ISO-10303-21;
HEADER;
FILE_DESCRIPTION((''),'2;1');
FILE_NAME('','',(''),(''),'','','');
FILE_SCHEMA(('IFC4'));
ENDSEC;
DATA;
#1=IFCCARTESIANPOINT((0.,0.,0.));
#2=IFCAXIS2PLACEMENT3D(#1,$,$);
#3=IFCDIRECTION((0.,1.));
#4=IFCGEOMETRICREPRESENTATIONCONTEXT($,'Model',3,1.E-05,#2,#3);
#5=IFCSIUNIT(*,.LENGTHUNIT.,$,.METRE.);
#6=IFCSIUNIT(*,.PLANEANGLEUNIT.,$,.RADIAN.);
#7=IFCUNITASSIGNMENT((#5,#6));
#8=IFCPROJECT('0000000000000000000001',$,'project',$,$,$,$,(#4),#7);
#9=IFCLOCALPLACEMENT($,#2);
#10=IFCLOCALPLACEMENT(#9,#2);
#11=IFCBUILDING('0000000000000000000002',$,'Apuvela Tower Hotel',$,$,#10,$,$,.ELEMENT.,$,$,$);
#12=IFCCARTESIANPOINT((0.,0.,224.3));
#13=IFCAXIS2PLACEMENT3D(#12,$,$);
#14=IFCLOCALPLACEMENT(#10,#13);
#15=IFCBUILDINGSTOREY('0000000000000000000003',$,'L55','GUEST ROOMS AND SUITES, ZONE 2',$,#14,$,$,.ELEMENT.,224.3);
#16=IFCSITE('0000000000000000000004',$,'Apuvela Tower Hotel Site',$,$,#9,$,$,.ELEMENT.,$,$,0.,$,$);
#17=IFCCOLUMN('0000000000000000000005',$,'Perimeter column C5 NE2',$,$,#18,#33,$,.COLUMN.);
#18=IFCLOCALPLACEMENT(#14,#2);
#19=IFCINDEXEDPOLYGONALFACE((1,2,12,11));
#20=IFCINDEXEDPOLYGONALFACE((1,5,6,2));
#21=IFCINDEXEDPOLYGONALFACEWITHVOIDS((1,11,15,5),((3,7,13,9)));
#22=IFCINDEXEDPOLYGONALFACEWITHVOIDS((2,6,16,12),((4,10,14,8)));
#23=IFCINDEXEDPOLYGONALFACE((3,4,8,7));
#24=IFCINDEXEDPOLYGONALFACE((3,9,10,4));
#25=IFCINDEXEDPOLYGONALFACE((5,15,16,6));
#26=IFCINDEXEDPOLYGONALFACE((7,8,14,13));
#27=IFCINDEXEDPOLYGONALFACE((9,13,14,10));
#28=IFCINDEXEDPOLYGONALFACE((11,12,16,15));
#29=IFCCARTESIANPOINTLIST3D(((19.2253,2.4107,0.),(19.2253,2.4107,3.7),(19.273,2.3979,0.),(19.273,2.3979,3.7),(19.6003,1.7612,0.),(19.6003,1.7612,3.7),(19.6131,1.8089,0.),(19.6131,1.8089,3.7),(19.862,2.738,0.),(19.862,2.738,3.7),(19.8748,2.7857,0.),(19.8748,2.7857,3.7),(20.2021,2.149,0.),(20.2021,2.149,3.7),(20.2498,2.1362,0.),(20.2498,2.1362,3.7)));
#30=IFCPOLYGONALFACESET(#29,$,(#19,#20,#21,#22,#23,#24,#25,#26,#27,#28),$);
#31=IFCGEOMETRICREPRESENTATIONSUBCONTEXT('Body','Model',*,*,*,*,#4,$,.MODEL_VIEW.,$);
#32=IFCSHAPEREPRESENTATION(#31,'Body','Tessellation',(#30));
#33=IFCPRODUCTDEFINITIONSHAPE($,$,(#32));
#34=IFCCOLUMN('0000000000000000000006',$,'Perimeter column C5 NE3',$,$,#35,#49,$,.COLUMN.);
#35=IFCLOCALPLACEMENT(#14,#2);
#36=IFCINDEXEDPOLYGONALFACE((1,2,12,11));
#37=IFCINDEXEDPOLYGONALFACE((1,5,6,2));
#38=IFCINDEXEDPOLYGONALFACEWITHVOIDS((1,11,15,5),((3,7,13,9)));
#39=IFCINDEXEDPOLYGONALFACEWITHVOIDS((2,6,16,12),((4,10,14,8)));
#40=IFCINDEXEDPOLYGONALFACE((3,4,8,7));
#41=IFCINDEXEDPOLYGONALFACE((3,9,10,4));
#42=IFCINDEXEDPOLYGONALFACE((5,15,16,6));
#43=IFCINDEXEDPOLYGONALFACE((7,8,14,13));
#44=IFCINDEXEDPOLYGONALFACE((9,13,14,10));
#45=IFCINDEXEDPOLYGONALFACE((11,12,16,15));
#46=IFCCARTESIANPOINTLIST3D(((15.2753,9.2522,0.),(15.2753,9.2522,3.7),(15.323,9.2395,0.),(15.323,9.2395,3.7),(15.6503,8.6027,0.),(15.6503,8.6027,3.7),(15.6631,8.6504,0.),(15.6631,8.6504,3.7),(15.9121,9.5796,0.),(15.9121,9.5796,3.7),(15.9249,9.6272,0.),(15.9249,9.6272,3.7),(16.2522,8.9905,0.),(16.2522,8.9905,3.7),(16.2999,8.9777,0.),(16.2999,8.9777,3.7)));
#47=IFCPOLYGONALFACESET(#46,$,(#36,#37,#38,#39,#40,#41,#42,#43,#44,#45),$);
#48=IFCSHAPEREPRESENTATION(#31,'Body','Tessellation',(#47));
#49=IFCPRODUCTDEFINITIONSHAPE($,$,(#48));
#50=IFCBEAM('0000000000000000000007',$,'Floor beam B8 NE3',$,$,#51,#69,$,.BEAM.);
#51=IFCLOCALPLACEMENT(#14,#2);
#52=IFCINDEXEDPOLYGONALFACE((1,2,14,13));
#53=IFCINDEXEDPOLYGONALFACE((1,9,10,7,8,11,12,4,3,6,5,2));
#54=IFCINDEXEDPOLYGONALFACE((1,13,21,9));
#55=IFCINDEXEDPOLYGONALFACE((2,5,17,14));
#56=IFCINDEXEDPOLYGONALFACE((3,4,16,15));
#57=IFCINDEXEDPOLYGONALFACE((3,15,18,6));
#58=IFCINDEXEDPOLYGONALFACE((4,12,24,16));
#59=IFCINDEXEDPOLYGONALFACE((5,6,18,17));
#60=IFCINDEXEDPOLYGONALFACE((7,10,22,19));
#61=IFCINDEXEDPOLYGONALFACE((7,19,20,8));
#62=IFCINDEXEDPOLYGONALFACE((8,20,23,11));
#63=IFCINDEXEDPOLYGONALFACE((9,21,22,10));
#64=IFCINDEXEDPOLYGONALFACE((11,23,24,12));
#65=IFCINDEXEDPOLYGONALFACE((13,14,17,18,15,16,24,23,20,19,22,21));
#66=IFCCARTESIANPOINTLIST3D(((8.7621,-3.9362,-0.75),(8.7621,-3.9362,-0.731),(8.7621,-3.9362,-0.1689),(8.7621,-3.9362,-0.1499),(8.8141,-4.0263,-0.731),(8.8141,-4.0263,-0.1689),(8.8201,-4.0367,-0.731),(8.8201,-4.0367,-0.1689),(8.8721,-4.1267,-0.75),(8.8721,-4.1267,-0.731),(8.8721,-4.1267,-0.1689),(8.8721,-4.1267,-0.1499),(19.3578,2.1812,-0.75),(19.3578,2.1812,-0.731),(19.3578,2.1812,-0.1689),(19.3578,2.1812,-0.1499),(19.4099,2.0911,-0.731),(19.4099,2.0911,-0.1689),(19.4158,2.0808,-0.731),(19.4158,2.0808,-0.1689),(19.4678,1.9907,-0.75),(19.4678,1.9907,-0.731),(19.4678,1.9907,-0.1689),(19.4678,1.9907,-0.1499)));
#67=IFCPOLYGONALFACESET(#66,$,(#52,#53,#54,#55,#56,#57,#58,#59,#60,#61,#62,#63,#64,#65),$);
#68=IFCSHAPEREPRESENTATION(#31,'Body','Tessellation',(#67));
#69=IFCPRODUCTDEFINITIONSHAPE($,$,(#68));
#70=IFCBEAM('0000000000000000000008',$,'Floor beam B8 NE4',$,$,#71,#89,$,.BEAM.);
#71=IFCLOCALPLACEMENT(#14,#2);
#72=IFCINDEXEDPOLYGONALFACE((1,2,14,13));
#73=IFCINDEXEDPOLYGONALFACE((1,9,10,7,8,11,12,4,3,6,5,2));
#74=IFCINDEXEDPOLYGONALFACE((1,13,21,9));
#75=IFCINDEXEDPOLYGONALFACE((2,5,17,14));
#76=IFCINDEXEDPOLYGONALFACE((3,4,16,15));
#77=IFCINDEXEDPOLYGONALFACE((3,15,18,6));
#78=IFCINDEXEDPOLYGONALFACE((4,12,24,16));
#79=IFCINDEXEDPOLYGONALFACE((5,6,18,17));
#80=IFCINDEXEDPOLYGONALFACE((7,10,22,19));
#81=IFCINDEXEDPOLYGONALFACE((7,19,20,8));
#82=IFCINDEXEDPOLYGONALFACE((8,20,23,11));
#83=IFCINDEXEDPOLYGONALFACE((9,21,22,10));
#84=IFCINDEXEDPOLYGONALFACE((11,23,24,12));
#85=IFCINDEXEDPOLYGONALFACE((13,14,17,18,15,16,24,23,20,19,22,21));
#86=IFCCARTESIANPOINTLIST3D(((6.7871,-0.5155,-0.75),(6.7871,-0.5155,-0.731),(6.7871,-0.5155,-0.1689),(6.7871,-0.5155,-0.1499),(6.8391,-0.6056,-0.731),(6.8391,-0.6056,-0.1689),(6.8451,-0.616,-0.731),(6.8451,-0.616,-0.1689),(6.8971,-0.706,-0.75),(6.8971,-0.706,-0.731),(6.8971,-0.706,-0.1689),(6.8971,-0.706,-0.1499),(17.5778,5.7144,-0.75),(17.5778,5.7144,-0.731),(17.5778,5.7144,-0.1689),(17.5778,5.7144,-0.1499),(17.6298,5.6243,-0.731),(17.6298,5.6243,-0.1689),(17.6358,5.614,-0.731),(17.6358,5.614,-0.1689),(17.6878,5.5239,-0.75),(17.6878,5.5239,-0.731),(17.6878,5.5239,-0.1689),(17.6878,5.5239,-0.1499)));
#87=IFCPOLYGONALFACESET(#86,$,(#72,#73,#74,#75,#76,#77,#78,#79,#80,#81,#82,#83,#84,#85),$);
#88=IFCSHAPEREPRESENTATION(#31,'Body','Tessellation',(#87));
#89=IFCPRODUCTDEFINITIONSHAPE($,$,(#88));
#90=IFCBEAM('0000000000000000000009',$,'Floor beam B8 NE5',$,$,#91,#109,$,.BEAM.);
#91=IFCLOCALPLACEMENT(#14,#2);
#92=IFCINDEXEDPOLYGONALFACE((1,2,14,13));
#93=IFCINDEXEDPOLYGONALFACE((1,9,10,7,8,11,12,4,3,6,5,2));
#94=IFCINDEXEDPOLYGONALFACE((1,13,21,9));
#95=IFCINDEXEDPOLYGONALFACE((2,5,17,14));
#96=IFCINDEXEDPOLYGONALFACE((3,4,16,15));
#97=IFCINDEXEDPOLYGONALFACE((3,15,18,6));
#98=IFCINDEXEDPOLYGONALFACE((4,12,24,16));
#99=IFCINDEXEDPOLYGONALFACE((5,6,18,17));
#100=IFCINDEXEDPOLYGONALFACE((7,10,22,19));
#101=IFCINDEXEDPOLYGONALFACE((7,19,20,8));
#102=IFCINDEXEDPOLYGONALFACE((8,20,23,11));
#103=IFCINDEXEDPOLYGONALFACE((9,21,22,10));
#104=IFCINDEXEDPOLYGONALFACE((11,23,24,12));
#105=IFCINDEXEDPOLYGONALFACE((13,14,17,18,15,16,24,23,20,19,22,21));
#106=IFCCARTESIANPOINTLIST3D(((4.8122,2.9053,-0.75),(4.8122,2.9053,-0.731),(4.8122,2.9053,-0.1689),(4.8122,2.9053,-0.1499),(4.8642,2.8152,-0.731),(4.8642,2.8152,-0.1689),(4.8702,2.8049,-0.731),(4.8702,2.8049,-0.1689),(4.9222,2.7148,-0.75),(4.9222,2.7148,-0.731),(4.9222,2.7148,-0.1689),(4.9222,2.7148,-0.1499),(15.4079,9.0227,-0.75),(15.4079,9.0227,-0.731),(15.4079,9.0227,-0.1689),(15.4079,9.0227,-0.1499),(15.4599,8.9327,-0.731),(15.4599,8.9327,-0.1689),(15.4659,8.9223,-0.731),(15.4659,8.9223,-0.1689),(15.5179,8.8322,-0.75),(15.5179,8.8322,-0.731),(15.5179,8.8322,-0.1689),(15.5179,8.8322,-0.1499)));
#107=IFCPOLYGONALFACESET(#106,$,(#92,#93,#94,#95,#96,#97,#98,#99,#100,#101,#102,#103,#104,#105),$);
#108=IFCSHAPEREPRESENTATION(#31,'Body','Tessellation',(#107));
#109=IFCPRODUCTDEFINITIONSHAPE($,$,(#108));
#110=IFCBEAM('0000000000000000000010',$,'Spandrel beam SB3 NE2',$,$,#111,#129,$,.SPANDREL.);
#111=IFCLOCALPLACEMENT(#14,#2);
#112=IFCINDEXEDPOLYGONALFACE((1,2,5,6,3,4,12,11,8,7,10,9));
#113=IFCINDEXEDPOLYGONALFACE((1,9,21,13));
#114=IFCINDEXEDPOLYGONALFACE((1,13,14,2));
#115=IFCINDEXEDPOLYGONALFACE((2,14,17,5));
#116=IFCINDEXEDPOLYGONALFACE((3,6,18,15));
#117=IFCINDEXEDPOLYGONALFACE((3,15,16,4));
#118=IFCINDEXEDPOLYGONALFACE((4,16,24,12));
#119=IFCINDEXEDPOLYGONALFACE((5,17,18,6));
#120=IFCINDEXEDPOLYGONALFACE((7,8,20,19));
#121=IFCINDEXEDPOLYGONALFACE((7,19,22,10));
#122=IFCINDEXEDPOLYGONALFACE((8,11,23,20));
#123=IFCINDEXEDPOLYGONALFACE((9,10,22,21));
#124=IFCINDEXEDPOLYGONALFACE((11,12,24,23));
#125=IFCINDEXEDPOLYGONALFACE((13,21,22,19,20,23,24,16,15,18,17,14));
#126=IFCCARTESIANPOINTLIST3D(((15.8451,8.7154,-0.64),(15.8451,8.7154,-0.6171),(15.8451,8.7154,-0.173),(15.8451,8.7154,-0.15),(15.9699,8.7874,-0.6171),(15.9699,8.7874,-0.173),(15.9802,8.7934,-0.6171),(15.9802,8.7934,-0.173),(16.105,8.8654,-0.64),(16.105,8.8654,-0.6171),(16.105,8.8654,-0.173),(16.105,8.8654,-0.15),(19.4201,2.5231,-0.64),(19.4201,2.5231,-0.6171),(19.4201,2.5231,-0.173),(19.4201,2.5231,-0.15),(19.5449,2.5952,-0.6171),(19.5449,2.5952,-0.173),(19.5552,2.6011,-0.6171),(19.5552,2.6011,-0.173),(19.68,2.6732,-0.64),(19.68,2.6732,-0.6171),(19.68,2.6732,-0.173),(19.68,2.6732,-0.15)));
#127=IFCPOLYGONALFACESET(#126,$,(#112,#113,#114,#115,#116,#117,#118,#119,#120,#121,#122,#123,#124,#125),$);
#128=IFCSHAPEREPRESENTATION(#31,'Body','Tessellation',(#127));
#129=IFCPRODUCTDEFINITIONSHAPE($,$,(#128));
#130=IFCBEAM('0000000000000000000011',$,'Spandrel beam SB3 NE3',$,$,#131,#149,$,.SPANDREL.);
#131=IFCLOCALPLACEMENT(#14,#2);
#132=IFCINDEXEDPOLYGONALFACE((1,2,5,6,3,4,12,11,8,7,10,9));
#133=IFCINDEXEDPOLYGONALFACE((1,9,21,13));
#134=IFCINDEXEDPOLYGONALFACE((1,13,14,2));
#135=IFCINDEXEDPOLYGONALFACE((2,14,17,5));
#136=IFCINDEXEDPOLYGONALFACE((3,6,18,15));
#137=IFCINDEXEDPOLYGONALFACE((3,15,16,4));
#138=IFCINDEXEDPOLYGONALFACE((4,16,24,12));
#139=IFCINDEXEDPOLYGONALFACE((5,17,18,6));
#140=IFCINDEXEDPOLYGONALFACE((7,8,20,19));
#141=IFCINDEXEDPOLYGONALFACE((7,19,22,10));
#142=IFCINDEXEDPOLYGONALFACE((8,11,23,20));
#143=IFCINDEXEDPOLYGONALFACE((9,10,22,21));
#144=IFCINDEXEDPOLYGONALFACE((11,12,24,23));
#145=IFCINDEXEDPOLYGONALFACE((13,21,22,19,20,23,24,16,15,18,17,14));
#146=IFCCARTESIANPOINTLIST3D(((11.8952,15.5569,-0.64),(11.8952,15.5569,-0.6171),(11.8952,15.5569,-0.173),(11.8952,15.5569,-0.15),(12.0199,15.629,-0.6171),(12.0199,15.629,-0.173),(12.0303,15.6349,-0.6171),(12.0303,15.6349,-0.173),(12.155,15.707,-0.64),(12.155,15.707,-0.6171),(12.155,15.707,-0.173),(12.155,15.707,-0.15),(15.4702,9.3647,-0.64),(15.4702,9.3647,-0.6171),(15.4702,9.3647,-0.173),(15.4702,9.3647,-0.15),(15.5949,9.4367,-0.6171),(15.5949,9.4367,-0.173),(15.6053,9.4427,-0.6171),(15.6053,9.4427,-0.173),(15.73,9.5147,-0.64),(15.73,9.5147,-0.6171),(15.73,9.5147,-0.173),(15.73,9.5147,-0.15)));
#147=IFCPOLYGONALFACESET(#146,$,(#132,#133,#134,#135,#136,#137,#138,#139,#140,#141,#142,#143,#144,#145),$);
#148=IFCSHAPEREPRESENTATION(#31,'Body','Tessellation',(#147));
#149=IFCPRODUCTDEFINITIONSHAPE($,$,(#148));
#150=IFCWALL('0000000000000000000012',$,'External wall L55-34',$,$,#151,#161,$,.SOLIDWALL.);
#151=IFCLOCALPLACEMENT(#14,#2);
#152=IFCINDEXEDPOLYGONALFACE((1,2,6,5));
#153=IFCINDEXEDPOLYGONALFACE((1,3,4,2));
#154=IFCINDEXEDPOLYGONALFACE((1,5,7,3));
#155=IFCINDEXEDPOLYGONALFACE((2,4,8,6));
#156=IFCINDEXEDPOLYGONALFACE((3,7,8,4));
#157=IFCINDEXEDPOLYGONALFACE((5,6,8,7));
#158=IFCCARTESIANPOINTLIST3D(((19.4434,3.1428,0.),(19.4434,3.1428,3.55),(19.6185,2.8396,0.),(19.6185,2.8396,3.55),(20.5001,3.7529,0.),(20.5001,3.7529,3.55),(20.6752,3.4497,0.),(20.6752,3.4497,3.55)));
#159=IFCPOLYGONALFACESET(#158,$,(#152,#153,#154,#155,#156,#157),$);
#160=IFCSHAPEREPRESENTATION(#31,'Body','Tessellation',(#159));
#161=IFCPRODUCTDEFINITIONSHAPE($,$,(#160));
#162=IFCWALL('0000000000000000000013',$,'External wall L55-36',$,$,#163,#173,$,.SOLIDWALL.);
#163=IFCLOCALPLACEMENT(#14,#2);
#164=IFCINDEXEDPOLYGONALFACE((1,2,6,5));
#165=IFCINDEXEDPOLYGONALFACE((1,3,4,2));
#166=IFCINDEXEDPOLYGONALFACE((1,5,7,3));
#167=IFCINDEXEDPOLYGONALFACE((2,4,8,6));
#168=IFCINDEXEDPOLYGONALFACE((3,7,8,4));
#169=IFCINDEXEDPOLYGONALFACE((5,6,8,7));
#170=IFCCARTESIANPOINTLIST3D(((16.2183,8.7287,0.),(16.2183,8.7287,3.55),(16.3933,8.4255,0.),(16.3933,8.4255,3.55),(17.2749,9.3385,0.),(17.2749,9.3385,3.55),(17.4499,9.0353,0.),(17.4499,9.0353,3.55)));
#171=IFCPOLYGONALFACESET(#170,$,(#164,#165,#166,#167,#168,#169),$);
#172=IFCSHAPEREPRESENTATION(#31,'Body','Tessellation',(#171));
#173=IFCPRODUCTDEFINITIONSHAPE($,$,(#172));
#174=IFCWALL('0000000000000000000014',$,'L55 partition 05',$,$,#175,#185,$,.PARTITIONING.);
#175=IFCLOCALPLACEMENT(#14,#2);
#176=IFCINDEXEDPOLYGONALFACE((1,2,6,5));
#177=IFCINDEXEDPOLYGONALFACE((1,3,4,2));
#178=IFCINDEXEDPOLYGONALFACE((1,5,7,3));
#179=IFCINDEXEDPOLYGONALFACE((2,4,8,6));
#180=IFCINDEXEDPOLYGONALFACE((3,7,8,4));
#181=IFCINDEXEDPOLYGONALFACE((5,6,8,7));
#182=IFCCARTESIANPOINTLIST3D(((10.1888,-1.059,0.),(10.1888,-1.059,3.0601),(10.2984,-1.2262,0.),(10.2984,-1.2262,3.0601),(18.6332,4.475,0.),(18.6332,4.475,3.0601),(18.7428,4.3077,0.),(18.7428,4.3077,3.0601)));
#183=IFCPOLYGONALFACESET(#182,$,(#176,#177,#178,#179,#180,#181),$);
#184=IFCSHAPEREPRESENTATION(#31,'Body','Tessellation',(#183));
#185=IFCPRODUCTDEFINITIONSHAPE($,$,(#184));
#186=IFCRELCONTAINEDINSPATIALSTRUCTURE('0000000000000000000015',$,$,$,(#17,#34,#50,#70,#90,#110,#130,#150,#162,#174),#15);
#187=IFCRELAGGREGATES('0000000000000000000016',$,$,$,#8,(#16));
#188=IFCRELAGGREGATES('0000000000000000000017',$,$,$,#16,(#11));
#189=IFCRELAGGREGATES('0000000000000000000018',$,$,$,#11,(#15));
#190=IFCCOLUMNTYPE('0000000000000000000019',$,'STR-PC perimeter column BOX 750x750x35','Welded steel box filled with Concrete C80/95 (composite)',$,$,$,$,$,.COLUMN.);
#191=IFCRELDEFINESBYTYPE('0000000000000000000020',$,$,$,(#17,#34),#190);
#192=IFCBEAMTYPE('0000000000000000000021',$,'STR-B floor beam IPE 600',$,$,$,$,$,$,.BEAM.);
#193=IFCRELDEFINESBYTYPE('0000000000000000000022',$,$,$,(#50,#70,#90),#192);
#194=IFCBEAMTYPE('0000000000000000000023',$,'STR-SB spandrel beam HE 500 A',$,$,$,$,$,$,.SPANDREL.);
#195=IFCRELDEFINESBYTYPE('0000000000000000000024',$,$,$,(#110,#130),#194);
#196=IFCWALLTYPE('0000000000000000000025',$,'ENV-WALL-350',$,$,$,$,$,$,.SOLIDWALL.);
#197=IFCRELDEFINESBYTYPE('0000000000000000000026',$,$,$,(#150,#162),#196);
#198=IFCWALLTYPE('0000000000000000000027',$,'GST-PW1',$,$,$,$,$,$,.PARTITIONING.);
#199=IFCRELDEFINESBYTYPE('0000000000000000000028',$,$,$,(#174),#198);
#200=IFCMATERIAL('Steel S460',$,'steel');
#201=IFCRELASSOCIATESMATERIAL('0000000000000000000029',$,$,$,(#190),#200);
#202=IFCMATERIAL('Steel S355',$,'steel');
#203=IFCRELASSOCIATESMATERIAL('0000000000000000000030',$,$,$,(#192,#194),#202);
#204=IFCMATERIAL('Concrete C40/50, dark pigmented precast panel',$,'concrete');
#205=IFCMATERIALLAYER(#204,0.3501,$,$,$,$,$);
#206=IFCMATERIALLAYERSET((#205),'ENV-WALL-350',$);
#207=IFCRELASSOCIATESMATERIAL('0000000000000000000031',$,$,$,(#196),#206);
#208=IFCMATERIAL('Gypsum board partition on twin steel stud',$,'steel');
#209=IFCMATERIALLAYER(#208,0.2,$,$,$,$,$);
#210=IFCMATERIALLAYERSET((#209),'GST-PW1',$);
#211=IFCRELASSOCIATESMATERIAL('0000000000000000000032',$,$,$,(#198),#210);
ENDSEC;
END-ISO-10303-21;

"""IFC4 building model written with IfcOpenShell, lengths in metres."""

from ifc_helpers import new_model, si_unit, direction, frame, frame_2d, origin, origin_2d, place, context, subcontext, project, spatial, rectangle, hollow_rectangle, i_section, extrude, material, layer, layer_set, material_profile, profile_set, type_object, element, save


model = new_model("IFC4")

# Units and contexts
model_context = context("Model", 3, precision=1e-05, world=origin(), true_north=direction((0.0, 1.0)))
body_context = subcontext(model_context, "Body", "Model", "MODEL_VIEW")
ifc_project = project(units=[si_unit("LENGTHUNIT", "METRE"), si_unit("PLANEANGLEUNIT", "RADIAN")], contexts=[model_context])

# Site, building, storey
site_placement = place(None, origin())
site = spatial("IfcSite", under=ifc_project, at=site_placement, Name="Apuvela Tower Hotel Site", CompositionType="ELEMENT", RefElevation=0.0)
building_placement = place(site_placement, origin())
building = spatial("IfcBuilding", under=site, at=building_placement, Name="Apuvela Tower Hotel", CompositionType="ELEMENT")
storey_placement = place(building_placement, frame((0.0, 0.0, 224.3)))
storey = spatial("IfcBuildingStorey", under=building, at=storey_placement, Name="L55", Description="GUEST ROOMS AND SUITES, ZONE 2", CompositionType="ELEMENT", Elevation=224.3)

# Columns
ifc_material_1 = material(Name="Steel S460", Category="steel")
ifc_material_profile_1 = material_profile(ifc_material_1, hollow_rectangle(XDim=0.75, YDim=0.75, WallThickness=0.0349, at=origin_2d()), Name="BOX 750x750x35")
ifc_material_2 = material(Name="Concrete C80/95", Category="concrete")
ifc_material_profile_2 = material_profile(ifc_material_2, rectangle(XDim=0.6799, YDim=0.6799, at=origin_2d()), Name="Concrete C80/95 infill")
ifc_profile_set_1 = profile_set([ifc_material_profile_1, ifc_material_profile_2], Name="Steel S460")
column_type = type_object("IfcColumnType", Name="STR-PC perimeter column BOX 750x750x35", Description="Welded steel box filled with Concrete C80/95 (composite)", PredefinedType="COLUMN", material=ifc_profile_set_1)
for number, where, z_axis, x_axis, name in (
    (1, (19.7375, 2.2734, 0.0), (0.0, 0.0, 1.0), (-0.5, 0.866025, 0.0), "Perimeter column C5 NE2"),
    (2, (15.7876, 9.115, 0.0), (0.0, 0.0, 1.0), (-0.5, 0.866025, 0.0), "Perimeter column C5 NE3"),
):
    element("IfcColumn", number, at=place(storey_placement, frame(where, z_axis=z_axis, x_axis=x_axis)), inside=storey, type_object=column_type, Name=name, PredefinedType="COLUMN", context=body_context, shape_type="SweptSolid", body=[
        extrude(hollow_rectangle(XDim=0.75, YDim=0.75, WallThickness=0.0349, at=origin_2d()), origin(), (0.0, 0.0, 1.0), 3.7),
    ])

# Beams
ifc_material_3 = material(Name="Steel S355", Category="steel")
ifc_material_profile_3 = material_profile(ifc_material_3, i_section(OverallWidth=0.22, OverallDepth=0.6001, WebThickness=0.012, FlangeThickness=0.019, at=origin_2d()), Name="IPE 600")
ifc_profile_set_2 = profile_set([ifc_material_profile_3], Name="Steel S355")
beam_type_1 = type_object("IfcBeamType", Name="STR-B floor beam IPE 600", PredefinedType="BEAM", material=ifc_profile_set_2)
beam_1_placement = place(storey_placement, frame((19.4128, 2.0859, -0.45), z_axis=(-0.866025, -0.5, 0.0), x_axis=(0.5, -0.866025, 0.0)))
element("IfcBeam", 3, at=beam_1_placement, inside=storey, type_object=beam_type_1, Name="Floor beam B8 NE3", PredefinedType="BEAM", context=body_context, shape_type="SweptSolid", body=[
    extrude(i_section(OverallWidth=0.22, OverallDepth=0.6001, WebThickness=0.012, FlangeThickness=0.019, at=origin_2d()), origin(), (0.0, 0.0, 1.0), 12.2349),
])
beam_2_placement = place(storey_placement, frame((17.6328, 5.6191, -0.45), z_axis=(-0.866028, -0.499996, 0.0), x_axis=(0.499996, -0.866028, 0.0)))
element("IfcBeam", 4, at=beam_2_placement, inside=storey, type_object=beam_type_1, Name="Floor beam B8 NE4", PredefinedType="BEAM", context=body_context, shape_type="SweptSolid", body=[
    extrude(i_section(OverallWidth=0.22, OverallDepth=0.6001, WebThickness=0.012, FlangeThickness=0.019, at=origin_2d()), origin(), (0.0, 0.0, 1.0), 12.46),
])
beam_3_placement = place(storey_placement, frame((15.4629, 8.9275, -0.45), z_axis=(-0.866025, -0.5, 0.0), x_axis=(0.5, -0.866025, 0.0)))
element("IfcBeam", 5, at=beam_3_placement, inside=storey, type_object=beam_type_1, Name="Floor beam B8 NE5", PredefinedType="BEAM", context=body_context, shape_type="SweptSolid", body=[
    extrude(i_section(OverallWidth=0.22, OverallDepth=0.6001, WebThickness=0.012, FlangeThickness=0.019, at=origin_2d()), origin(), (0.0, 0.0, 1.0), 12.2349),
])
ifc_material_profile_4 = material_profile(ifc_material_3, i_section(OverallWidth=0.3, OverallDepth=0.49, WebThickness=0.012, FlangeThickness=0.0229, at=origin_2d()), Name="HE 500 A")
ifc_profile_set_3 = profile_set([ifc_material_profile_4], Name="Steel S355")
beam_type_2 = type_object("IfcBeamType", Name="STR-SB spandrel beam HE 500 A", PredefinedType="SPANDREL", material=ifc_profile_set_3)
for number, where, z_axis, x_axis, name in (
    (6, (19.55, 2.5981, -0.395), (-0.499991, 0.86603, 0.0), (-0.86603, -0.499991, 0.0), "Spandrel beam SB3 NE2"),
    (7, (15.6001, 9.4397, -0.395), (-0.499991, 0.86603, 0.0), (-0.86603, -0.499991, 0.0), "Spandrel beam SB3 NE3"),
):
    element("IfcBeam", number, at=place(storey_placement, frame(where, z_axis=z_axis, x_axis=x_axis)), inside=storey, type_object=beam_type_2, Name=name, PredefinedType="SPANDREL", context=body_context, shape_type="SweptSolid", body=[
        extrude(i_section(OverallWidth=0.3, OverallDepth=0.49, WebThickness=0.012, FlangeThickness=0.0229, at=origin_2d()), origin(), (0.0, 0.0, 1.0), 7.1501),
    ])

# Wall
ifc_material_4 = material(Name="Concrete C40/50, dark pigmented precast panel", Category="concrete")
ifc_layer_1 = layer(ifc_material_4, 0.3501)
ifc_layer_set_1 = layer_set([ifc_layer_1], Name="ENV-WALL-350")
wall_type_1 = type_object("IfcWallType", Name="ENV-WALL-350", PredefinedType="SOLIDWALL", material=ifc_layer_set_1)
wall_1_placement = place(storey_placement, frame((20.5876, 3.6013, 0.0), z_axis=(0.0, 0.0, 1.0), x_axis=(-0.866006, -0.500034, 0.0)))
element("IfcWall", 8, at=wall_1_placement, inside=storey, type_object=wall_type_1, Name="External wall L55-34", PredefinedType="SOLIDWALL", context=body_context, shape_type="SweptSolid", body=[
    extrude(rectangle(XDim=1.2202, YDim=0.3501, at=frame_2d((0.6101, 0.0))), origin(), (0.0, 0.0, 1.0), 3.55),
])

# Wall
wall_2_placement = place(storey_placement, frame((16.3059, 8.5771, 0.0), z_axis=(0.0, 0.0, 1.0), x_axis=(0.866092, 0.499884, 0.0)))
element("IfcWall", 9, at=wall_2_placement, inside=storey, type_object=wall_type_1, Name="External wall L55-36", PredefinedType="SOLIDWALL", context=body_context, shape_type="SweptSolid", body=[
    extrude(rectangle(XDim=1.22, YDim=0.3501, at=frame_2d((0.6099, 0.0))), origin(), (0.0, 0.0, 1.0), 3.55),
])

# Wall
ifc_material_5 = material(Name="Gypsum board partition on twin steel stud", Category="steel")
ifc_layer_2 = layer(ifc_material_5, 0.2)
ifc_layer_set_2 = layer_set([ifc_layer_2], Name="GST-PW1")
wall_type_2 = type_object("IfcWallType", Name="GST-PW1", PredefinedType="PARTITIONING", material=ifc_layer_set_2)
wall_3_placement = place(storey_placement, frame((18.688, 4.3914, 0.0), z_axis=(0.0, 0.0, 1.0), x_axis=(-0.836396, -0.548126, 0.0)))
element("IfcWall", 10, at=wall_3_placement, inside=storey, type_object=wall_type_2, Name="L55 partition 05", PredefinedType="PARTITIONING", context=body_context, shape_type="SweptSolid", body=[
    extrude(rectangle(XDim=10.0962, YDim=0.2, at=frame_2d((5.0481, 0.0))), origin(), (0.0, 0.0, 1.0), 3.0601),
])

save(model, "model.ifc")
